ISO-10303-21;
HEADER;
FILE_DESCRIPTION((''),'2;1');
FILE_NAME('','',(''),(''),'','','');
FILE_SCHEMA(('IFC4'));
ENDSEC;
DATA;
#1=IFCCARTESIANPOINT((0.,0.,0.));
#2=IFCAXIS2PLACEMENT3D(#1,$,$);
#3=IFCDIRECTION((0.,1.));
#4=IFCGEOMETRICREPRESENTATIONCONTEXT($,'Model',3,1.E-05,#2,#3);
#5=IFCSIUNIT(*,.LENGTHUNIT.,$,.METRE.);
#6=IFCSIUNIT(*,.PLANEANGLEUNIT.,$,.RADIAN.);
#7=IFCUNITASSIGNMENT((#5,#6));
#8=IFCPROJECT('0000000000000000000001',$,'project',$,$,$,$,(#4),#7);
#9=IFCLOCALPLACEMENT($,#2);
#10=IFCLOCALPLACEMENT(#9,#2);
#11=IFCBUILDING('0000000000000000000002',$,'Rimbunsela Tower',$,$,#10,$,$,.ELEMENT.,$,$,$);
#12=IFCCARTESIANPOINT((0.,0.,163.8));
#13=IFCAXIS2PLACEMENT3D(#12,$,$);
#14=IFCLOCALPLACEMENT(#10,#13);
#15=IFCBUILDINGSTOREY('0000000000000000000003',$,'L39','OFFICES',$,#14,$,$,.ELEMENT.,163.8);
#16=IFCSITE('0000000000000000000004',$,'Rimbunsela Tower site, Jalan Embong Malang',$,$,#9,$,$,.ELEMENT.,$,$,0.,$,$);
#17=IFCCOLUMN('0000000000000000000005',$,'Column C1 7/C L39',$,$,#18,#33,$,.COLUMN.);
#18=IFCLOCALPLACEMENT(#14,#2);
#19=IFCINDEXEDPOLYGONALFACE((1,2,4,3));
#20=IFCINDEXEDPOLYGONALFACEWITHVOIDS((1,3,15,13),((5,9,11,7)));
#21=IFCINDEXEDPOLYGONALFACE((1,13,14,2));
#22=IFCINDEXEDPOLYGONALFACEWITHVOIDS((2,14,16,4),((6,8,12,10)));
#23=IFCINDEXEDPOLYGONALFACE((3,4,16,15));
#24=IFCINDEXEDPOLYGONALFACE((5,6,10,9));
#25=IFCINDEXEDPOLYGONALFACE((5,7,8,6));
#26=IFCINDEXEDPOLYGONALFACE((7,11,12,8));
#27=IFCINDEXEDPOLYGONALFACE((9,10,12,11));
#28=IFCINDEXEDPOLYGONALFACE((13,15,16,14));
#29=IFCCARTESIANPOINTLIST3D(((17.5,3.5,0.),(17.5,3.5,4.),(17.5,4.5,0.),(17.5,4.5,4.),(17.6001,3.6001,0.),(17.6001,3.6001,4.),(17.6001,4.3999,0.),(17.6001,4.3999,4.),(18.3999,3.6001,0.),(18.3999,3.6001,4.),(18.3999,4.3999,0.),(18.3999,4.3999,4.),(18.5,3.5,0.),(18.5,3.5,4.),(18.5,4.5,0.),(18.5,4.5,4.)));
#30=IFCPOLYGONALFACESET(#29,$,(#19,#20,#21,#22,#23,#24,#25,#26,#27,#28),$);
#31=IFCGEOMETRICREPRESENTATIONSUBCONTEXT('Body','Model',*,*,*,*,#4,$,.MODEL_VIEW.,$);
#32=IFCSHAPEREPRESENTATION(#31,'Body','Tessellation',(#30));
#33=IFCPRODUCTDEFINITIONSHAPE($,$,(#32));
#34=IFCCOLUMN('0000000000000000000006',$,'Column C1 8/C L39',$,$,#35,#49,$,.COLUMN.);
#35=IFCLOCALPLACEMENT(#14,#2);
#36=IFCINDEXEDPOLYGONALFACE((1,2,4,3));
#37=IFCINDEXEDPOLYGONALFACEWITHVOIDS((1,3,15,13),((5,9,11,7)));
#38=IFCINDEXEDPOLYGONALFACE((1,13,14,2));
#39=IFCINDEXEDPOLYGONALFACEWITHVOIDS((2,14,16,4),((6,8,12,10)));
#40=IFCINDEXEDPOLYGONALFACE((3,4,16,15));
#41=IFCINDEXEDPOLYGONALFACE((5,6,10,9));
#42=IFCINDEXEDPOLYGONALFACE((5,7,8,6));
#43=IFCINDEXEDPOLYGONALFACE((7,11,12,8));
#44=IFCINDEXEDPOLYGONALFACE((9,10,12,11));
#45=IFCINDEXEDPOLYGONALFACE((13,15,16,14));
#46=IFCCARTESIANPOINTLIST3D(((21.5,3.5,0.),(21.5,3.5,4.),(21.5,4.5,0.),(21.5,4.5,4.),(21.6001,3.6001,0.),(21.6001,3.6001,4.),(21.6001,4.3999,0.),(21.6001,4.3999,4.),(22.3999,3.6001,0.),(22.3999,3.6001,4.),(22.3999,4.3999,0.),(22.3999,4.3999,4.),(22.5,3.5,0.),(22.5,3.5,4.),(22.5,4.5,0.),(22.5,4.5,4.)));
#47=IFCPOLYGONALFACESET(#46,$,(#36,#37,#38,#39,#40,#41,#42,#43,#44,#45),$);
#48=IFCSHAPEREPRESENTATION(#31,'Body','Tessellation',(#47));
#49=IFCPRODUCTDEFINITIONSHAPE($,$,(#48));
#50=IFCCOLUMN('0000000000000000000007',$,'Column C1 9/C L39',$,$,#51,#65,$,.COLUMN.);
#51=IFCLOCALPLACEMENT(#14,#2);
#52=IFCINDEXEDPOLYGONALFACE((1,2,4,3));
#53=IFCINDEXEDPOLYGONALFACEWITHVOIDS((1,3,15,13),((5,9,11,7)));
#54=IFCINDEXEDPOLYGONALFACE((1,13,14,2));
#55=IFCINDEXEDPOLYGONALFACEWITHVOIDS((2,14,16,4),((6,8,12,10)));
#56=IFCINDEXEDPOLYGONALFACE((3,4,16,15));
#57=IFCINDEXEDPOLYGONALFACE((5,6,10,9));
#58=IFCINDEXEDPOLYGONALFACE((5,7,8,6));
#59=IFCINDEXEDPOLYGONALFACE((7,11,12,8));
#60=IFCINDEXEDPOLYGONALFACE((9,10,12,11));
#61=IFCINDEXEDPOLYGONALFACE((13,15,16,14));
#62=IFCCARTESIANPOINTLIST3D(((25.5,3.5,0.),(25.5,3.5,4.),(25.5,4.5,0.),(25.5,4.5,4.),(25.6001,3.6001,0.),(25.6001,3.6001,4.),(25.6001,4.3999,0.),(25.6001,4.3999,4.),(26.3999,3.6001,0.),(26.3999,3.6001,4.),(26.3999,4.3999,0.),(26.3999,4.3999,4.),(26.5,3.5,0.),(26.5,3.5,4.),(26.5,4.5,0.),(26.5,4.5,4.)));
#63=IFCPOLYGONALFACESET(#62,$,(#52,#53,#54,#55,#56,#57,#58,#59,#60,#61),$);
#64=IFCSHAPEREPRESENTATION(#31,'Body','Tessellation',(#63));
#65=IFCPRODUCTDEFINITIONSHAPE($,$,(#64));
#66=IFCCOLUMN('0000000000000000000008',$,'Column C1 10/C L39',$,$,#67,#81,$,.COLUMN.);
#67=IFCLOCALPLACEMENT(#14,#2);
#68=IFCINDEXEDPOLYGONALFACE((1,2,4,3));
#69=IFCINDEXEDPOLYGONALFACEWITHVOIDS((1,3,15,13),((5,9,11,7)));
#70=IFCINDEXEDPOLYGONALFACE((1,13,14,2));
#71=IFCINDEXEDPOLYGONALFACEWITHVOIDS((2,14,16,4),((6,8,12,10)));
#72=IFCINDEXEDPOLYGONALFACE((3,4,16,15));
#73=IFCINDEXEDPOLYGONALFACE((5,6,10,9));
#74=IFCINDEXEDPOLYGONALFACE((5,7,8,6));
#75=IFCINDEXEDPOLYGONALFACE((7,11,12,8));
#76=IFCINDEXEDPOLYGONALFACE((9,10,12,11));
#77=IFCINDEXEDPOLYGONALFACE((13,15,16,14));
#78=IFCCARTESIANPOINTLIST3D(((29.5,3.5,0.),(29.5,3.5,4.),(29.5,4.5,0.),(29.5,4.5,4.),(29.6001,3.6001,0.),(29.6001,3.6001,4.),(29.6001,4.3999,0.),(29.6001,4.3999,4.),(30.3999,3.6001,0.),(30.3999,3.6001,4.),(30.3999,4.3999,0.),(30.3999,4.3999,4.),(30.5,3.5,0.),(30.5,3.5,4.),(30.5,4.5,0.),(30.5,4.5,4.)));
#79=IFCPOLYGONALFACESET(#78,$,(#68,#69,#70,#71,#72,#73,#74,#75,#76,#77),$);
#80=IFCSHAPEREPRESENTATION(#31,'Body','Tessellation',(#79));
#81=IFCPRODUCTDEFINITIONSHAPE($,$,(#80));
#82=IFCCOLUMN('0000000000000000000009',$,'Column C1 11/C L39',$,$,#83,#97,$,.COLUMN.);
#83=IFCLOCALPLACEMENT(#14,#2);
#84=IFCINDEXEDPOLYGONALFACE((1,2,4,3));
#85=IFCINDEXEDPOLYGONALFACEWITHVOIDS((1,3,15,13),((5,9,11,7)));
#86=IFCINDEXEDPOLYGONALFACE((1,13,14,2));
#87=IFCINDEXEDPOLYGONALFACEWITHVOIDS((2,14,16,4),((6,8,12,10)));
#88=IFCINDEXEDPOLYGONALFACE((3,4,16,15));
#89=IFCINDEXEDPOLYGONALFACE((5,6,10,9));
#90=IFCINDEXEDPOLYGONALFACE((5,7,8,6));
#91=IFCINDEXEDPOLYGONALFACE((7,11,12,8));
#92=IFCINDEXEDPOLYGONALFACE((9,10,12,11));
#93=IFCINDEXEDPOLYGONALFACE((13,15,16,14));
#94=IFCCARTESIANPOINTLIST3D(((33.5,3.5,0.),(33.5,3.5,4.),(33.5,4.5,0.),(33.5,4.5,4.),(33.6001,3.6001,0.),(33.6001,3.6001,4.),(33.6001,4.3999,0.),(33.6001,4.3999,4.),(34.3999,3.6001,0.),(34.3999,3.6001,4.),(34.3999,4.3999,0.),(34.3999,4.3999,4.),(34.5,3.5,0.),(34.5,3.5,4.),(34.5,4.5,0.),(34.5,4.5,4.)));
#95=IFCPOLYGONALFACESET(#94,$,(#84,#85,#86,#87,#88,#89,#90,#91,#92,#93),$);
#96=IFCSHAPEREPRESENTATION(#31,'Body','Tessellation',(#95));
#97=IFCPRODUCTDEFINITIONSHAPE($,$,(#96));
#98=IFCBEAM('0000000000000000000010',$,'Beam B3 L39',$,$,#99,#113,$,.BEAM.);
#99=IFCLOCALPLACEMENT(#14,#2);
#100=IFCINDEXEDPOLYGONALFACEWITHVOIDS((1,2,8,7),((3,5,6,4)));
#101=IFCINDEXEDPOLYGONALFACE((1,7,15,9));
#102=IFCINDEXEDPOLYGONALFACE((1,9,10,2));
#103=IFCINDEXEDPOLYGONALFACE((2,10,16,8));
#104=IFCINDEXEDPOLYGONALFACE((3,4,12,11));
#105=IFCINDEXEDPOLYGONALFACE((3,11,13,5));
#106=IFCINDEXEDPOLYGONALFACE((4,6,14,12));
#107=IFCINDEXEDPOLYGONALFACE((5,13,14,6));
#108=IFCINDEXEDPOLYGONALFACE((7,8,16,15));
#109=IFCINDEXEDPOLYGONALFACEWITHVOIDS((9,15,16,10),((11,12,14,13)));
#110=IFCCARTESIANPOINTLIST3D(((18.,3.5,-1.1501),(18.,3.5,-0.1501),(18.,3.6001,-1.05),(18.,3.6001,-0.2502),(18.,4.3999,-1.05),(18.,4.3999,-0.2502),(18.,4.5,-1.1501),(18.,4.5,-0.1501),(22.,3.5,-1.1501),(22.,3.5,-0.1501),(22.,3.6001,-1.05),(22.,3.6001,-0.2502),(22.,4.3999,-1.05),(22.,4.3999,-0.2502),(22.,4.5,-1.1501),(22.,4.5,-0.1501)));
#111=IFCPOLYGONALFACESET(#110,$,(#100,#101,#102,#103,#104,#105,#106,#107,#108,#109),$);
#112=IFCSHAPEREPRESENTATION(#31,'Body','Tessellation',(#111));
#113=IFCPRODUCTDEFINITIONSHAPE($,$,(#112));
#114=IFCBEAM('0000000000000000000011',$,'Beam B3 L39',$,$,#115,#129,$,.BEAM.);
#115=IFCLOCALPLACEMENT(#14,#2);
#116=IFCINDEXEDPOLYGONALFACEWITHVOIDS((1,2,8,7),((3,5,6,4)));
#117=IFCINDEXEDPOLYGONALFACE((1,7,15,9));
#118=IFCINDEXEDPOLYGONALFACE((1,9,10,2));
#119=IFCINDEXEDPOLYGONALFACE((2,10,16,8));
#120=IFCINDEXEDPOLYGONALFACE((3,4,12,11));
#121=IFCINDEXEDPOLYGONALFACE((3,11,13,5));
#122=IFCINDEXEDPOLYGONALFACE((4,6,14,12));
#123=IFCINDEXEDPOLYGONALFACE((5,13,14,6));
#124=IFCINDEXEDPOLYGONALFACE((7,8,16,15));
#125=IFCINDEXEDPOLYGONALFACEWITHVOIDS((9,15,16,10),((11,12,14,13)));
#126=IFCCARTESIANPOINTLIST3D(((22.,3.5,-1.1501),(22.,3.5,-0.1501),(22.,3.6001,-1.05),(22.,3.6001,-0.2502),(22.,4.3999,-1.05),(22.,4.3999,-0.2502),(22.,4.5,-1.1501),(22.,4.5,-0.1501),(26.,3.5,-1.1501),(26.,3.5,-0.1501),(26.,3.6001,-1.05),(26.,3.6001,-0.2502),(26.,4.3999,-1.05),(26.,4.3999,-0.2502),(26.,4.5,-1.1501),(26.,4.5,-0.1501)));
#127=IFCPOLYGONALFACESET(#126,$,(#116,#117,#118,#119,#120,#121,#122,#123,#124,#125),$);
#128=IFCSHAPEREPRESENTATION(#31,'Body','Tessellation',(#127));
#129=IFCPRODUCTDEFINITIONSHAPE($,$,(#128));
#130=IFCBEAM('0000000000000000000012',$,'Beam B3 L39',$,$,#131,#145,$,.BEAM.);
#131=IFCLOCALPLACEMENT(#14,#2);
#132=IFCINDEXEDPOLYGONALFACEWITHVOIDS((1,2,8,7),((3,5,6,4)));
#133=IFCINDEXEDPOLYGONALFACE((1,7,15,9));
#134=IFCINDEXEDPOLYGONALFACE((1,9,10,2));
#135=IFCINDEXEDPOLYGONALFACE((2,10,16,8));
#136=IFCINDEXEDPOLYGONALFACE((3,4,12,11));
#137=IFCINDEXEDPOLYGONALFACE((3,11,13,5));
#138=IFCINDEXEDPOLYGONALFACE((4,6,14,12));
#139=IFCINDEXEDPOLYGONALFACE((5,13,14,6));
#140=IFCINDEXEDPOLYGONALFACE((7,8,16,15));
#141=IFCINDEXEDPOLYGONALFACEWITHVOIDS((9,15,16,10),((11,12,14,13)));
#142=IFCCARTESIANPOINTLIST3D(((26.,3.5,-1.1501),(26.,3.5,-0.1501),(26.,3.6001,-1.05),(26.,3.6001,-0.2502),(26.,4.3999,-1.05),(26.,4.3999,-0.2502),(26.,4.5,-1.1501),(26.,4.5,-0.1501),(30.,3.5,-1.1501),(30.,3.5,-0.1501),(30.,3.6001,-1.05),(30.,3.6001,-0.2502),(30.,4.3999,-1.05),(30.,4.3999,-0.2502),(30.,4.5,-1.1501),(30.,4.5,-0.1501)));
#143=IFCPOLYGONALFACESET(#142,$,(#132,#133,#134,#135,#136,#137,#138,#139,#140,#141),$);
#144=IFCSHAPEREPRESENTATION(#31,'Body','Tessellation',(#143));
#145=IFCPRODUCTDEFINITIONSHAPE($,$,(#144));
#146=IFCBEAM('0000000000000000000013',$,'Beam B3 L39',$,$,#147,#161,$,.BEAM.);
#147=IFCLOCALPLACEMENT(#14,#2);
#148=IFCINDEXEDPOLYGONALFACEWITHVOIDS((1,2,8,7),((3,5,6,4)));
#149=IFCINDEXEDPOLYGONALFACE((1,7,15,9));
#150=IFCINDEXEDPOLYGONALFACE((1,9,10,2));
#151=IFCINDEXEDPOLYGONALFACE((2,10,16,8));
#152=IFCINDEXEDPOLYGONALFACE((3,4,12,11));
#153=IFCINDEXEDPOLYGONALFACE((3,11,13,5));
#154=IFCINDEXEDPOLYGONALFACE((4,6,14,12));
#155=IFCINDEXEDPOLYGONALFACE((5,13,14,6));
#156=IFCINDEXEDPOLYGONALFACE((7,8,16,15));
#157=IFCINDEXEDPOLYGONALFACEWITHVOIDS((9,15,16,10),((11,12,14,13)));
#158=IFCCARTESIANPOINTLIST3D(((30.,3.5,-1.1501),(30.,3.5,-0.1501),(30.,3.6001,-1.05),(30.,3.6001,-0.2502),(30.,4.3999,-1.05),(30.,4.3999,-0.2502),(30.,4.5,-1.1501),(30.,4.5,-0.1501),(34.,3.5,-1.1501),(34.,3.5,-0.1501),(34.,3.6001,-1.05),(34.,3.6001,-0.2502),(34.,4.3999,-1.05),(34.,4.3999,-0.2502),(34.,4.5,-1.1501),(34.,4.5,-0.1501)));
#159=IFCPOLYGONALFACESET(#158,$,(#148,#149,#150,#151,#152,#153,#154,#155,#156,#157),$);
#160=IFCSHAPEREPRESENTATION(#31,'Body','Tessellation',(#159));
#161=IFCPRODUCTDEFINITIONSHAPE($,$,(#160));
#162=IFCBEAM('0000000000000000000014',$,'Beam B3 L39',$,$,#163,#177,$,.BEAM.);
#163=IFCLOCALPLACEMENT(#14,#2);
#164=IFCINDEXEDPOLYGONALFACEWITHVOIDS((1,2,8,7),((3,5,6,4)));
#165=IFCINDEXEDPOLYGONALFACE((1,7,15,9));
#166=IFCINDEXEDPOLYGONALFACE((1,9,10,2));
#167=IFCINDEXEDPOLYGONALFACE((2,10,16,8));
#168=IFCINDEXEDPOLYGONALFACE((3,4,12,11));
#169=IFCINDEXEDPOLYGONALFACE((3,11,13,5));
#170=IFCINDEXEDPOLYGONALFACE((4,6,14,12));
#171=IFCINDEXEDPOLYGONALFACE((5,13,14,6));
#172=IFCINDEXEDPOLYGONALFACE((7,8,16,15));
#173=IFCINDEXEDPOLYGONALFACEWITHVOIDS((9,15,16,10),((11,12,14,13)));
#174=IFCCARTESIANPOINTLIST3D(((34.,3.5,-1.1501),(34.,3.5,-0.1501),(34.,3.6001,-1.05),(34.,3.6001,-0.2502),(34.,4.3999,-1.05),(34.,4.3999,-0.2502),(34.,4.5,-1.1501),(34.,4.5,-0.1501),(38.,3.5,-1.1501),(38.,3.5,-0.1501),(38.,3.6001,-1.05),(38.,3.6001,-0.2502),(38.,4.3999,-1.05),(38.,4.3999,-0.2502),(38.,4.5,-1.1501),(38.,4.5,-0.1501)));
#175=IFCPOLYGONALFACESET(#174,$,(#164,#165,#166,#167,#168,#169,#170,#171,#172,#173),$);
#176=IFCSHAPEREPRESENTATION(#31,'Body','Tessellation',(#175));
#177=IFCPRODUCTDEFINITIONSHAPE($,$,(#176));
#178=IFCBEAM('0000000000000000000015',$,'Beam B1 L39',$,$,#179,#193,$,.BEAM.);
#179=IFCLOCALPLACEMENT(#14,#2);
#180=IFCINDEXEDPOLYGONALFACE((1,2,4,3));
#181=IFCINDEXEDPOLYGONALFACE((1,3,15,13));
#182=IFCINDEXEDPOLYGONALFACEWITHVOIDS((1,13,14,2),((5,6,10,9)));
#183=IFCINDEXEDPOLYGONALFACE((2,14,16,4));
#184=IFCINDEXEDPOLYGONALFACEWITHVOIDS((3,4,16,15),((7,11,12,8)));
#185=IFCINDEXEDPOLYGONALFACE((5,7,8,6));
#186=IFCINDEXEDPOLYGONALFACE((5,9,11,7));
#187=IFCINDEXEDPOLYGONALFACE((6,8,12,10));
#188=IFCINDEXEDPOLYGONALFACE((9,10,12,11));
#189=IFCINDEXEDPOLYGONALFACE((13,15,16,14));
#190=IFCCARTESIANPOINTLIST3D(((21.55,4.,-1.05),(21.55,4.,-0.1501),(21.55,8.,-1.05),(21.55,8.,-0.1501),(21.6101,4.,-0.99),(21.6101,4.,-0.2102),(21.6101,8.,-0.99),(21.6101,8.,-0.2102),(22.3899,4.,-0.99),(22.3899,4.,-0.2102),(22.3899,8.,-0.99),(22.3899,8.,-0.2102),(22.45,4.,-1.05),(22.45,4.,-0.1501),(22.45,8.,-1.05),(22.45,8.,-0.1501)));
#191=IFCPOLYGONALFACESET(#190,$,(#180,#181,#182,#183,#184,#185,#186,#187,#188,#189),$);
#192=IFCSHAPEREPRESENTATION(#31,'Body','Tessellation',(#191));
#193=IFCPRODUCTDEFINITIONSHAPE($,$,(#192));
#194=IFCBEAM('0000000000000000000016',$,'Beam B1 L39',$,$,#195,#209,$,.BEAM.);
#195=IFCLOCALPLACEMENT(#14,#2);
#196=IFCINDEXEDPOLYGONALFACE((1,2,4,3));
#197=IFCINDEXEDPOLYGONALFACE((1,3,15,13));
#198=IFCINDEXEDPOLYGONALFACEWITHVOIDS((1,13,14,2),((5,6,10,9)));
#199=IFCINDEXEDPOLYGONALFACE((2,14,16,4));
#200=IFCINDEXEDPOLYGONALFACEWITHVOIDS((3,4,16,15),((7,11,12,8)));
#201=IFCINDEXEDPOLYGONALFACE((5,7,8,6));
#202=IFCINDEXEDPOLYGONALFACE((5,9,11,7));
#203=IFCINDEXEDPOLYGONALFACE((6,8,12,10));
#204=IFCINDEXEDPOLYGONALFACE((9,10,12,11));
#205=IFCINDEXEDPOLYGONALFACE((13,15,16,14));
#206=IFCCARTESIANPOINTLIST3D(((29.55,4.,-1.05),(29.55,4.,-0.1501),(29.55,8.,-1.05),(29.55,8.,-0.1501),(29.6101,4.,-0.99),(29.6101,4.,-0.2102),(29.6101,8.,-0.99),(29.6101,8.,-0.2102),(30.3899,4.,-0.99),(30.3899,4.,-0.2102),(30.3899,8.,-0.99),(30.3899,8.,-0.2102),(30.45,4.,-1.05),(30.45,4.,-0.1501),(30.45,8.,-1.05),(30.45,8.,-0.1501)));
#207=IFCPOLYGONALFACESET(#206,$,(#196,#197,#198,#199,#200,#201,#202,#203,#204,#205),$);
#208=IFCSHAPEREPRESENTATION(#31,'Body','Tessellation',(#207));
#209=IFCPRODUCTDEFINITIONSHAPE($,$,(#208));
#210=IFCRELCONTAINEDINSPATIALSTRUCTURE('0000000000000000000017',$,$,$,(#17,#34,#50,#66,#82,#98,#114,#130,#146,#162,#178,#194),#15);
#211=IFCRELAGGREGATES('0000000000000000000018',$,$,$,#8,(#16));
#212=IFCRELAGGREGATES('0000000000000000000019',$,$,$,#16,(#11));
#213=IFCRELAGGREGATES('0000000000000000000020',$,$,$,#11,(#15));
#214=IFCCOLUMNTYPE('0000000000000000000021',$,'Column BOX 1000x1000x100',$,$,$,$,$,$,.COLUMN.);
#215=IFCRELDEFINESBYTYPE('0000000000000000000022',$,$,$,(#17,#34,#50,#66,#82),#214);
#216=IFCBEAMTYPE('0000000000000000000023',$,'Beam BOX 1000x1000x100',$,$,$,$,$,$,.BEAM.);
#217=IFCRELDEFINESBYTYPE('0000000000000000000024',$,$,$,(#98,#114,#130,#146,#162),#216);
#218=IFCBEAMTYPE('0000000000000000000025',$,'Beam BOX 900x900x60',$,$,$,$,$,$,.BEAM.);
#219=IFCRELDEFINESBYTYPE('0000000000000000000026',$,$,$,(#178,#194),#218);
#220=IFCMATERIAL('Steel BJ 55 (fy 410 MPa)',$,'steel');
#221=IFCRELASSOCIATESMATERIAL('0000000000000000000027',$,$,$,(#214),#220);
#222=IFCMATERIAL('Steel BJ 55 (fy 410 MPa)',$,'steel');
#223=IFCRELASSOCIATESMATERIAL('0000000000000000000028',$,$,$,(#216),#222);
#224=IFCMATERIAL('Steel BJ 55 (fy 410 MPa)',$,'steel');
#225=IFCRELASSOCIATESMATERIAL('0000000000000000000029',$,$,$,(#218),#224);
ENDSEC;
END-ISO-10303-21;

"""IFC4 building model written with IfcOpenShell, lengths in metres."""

from ifc_helpers import new_model, si_unit, direction, frame, origin, origin_2d, place, context, subcontext, project, spatial, hollow_rectangle, extrude, material, material_profile, profile_set, type_object, element, save


model = new_model("IFC4")

# Units and contexts
model_context = context("Model", 3, precision=1e-05, world=origin(), true_north=direction((0.0, 1.0)))
body_context = subcontext(model_context, "Body", "Model", "MODEL_VIEW")
ifc_project = project(units=[si_unit("LENGTHUNIT", "METRE"), si_unit("PLANEANGLEUNIT", "RADIAN")], contexts=[model_context])

# Site, building, storey
site_placement = place(None, origin())
site = spatial("IfcSite", under=ifc_project, at=site_placement, Name="Rimbunsela Tower site, Jalan Embong Malang", CompositionType="ELEMENT", RefElevation=0.0)
building_placement = place(site_placement, origin())
building = spatial("IfcBuilding", under=site, at=building_placement, Name="Rimbunsela Tower", CompositionType="ELEMENT")
storey_placement = place(building_placement, frame((0.0, 0.0, 163.8)))
storey = spatial("IfcBuildingStorey", under=building, at=storey_placement, Name="L39", Description="OFFICES", CompositionType="ELEMENT", Elevation=163.8)

# Columns
ifc_material_1 = material(Name="Steel BJ 55 (fy 410 MPa)", Category="steel")
ifc_material_profile_1 = material_profile(ifc_material_1, hollow_rectangle(XDim=1.0, YDim=1.0, WallThickness=0.1001, at=origin_2d()), Name="BOX 1000x1000x100")
ifc_profile_set_1 = profile_set([ifc_material_profile_1], Name="Steel BJ 55 (fy 410 MPa)")
column_type = type_object("IfcColumnType", Name="Column BOX 1000x1000x100", PredefinedType="COLUMN", material=ifc_profile_set_1)
for number, where, z_axis, x_axis, name in (
    (1, (18.0, 4.0, 0.0), (0.0, 0.0, 1.0), (1.0, 0.0, 0.0), "Column C1 7/C L39"),
    (2, (22.0, 4.0, 0.0), (0.0, 0.0, 1.0), (1.0, 0.0, 0.0), "Column C1 8/C L39"),
    (3, (26.0, 4.0, 0.0), (0.0, 0.0, 1.0), (1.0, 0.0, 0.0), "Column C1 9/C L39"),
    (4, (30.0, 4.0, 0.0), (0.0, 0.0, 1.0), (1.0, 0.0, 0.0), "Column C1 10/C L39"),
    (5, (34.0, 4.0, 0.0), (0.0, 0.0, 1.0), (1.0, 0.0, 0.0), "Column C1 11/C L39"),
):
    element("IfcColumn", number, at=place(storey_placement, frame(where, z_axis=z_axis, x_axis=x_axis)), inside=storey, type_object=column_type, Name=name, PredefinedType="COLUMN", context=body_context, shape_type="SweptSolid", body=[
        extrude(hollow_rectangle(XDim=1.0, YDim=1.0, WallThickness=0.1001, at=origin_2d()), origin(), (0.0, 0.0, 1.0), 4.0),
    ])

# Beams
ifc_material_2 = material(Name="Steel BJ 55 (fy 410 MPa)", Category="steel")
ifc_material_profile_2 = material_profile(ifc_material_2, hollow_rectangle(XDim=1.0, YDim=1.0, WallThickness=0.1001, at=origin_2d()), Name="BOX 1000x1000x100")
ifc_profile_set_2 = profile_set([ifc_material_profile_2], Name="Steel BJ 55 (fy 410 MPa)")
beam_type_1 = type_object("IfcBeamType", Name="Beam BOX 1000x1000x100", PredefinedType="BEAM", material=ifc_profile_set_2)
for number, where, z_axis, x_axis, name in (
    (6, (18.0, 4.0, -0.6501), (1.0, 0.0, 0.0), (0.0, 1.0, 0.0), "Beam B3 L39"),
    (7, (22.0, 4.0, -0.6501), (1.0, 0.0, 0.0), (0.0, 1.0, 0.0), "Beam B3 L39"),
    (8, (26.0, 4.0, -0.6501), (1.0, 0.0, 0.0), (0.0, 1.0, 0.0), "Beam B3 L39"),
    (9, (30.0, 4.0, -0.6501), (1.0, 0.0, 0.0), (0.0, 1.0, 0.0), "Beam B3 L39"),
    (10, (34.0, 4.0, -0.6501), (1.0, 0.0, 0.0), (0.0, 1.0, 0.0), "Beam B3 L39"),
):
    element("IfcBeam", number, at=place(storey_placement, frame(where, z_axis=z_axis, x_axis=x_axis)), inside=storey, type_object=beam_type_1, Name=name, PredefinedType="BEAM", context=body_context, shape_type="SweptSolid", body=[
        extrude(hollow_rectangle(XDim=1.0, YDim=1.0, WallThickness=0.1001, at=origin_2d()), origin(), (0.0, 0.0, 1.0), 4.0),
    ])
ifc_material_3 = material(Name="Steel BJ 55 (fy 410 MPa)", Category="steel")
ifc_material_profile_3 = material_profile(ifc_material_3, hollow_rectangle(XDim=0.8999, YDim=0.8999, WallThickness=0.0601, at=origin_2d()), Name="BOX 900x900x60")
ifc_profile_set_3 = profile_set([ifc_material_profile_3], Name="Steel BJ 55 (fy 410 MPa)")
beam_type_2 = type_object("IfcBeamType", Name="Beam BOX 900x900x60", PredefinedType="BEAM", material=ifc_profile_set_3)
for number, where, z_axis, x_axis, name in (
    (11, (22.0, 4.0, -0.6001), (0.0, 1.0, 0.0), (-1.0, 0.0, 0.0), "Beam B1 L39"),
    (12, (30.0, 4.0, -0.6001), (0.0, 1.0, 0.0), (-1.0, 0.0, 0.0), "Beam B1 L39"),
):
    element("IfcBeam", number, at=place(storey_placement, frame(where, z_axis=z_axis, x_axis=x_axis)), inside=storey, type_object=beam_type_2, Name=name, PredefinedType="BEAM", context=body_context, shape_type="SweptSolid", body=[
        extrude(hollow_rectangle(XDim=0.8999, YDim=0.8999, WallThickness=0.0601, at=origin_2d()), origin(), (0.0, 0.0, 1.0), 4.0),
    ])

save(model, "model.ifc")
